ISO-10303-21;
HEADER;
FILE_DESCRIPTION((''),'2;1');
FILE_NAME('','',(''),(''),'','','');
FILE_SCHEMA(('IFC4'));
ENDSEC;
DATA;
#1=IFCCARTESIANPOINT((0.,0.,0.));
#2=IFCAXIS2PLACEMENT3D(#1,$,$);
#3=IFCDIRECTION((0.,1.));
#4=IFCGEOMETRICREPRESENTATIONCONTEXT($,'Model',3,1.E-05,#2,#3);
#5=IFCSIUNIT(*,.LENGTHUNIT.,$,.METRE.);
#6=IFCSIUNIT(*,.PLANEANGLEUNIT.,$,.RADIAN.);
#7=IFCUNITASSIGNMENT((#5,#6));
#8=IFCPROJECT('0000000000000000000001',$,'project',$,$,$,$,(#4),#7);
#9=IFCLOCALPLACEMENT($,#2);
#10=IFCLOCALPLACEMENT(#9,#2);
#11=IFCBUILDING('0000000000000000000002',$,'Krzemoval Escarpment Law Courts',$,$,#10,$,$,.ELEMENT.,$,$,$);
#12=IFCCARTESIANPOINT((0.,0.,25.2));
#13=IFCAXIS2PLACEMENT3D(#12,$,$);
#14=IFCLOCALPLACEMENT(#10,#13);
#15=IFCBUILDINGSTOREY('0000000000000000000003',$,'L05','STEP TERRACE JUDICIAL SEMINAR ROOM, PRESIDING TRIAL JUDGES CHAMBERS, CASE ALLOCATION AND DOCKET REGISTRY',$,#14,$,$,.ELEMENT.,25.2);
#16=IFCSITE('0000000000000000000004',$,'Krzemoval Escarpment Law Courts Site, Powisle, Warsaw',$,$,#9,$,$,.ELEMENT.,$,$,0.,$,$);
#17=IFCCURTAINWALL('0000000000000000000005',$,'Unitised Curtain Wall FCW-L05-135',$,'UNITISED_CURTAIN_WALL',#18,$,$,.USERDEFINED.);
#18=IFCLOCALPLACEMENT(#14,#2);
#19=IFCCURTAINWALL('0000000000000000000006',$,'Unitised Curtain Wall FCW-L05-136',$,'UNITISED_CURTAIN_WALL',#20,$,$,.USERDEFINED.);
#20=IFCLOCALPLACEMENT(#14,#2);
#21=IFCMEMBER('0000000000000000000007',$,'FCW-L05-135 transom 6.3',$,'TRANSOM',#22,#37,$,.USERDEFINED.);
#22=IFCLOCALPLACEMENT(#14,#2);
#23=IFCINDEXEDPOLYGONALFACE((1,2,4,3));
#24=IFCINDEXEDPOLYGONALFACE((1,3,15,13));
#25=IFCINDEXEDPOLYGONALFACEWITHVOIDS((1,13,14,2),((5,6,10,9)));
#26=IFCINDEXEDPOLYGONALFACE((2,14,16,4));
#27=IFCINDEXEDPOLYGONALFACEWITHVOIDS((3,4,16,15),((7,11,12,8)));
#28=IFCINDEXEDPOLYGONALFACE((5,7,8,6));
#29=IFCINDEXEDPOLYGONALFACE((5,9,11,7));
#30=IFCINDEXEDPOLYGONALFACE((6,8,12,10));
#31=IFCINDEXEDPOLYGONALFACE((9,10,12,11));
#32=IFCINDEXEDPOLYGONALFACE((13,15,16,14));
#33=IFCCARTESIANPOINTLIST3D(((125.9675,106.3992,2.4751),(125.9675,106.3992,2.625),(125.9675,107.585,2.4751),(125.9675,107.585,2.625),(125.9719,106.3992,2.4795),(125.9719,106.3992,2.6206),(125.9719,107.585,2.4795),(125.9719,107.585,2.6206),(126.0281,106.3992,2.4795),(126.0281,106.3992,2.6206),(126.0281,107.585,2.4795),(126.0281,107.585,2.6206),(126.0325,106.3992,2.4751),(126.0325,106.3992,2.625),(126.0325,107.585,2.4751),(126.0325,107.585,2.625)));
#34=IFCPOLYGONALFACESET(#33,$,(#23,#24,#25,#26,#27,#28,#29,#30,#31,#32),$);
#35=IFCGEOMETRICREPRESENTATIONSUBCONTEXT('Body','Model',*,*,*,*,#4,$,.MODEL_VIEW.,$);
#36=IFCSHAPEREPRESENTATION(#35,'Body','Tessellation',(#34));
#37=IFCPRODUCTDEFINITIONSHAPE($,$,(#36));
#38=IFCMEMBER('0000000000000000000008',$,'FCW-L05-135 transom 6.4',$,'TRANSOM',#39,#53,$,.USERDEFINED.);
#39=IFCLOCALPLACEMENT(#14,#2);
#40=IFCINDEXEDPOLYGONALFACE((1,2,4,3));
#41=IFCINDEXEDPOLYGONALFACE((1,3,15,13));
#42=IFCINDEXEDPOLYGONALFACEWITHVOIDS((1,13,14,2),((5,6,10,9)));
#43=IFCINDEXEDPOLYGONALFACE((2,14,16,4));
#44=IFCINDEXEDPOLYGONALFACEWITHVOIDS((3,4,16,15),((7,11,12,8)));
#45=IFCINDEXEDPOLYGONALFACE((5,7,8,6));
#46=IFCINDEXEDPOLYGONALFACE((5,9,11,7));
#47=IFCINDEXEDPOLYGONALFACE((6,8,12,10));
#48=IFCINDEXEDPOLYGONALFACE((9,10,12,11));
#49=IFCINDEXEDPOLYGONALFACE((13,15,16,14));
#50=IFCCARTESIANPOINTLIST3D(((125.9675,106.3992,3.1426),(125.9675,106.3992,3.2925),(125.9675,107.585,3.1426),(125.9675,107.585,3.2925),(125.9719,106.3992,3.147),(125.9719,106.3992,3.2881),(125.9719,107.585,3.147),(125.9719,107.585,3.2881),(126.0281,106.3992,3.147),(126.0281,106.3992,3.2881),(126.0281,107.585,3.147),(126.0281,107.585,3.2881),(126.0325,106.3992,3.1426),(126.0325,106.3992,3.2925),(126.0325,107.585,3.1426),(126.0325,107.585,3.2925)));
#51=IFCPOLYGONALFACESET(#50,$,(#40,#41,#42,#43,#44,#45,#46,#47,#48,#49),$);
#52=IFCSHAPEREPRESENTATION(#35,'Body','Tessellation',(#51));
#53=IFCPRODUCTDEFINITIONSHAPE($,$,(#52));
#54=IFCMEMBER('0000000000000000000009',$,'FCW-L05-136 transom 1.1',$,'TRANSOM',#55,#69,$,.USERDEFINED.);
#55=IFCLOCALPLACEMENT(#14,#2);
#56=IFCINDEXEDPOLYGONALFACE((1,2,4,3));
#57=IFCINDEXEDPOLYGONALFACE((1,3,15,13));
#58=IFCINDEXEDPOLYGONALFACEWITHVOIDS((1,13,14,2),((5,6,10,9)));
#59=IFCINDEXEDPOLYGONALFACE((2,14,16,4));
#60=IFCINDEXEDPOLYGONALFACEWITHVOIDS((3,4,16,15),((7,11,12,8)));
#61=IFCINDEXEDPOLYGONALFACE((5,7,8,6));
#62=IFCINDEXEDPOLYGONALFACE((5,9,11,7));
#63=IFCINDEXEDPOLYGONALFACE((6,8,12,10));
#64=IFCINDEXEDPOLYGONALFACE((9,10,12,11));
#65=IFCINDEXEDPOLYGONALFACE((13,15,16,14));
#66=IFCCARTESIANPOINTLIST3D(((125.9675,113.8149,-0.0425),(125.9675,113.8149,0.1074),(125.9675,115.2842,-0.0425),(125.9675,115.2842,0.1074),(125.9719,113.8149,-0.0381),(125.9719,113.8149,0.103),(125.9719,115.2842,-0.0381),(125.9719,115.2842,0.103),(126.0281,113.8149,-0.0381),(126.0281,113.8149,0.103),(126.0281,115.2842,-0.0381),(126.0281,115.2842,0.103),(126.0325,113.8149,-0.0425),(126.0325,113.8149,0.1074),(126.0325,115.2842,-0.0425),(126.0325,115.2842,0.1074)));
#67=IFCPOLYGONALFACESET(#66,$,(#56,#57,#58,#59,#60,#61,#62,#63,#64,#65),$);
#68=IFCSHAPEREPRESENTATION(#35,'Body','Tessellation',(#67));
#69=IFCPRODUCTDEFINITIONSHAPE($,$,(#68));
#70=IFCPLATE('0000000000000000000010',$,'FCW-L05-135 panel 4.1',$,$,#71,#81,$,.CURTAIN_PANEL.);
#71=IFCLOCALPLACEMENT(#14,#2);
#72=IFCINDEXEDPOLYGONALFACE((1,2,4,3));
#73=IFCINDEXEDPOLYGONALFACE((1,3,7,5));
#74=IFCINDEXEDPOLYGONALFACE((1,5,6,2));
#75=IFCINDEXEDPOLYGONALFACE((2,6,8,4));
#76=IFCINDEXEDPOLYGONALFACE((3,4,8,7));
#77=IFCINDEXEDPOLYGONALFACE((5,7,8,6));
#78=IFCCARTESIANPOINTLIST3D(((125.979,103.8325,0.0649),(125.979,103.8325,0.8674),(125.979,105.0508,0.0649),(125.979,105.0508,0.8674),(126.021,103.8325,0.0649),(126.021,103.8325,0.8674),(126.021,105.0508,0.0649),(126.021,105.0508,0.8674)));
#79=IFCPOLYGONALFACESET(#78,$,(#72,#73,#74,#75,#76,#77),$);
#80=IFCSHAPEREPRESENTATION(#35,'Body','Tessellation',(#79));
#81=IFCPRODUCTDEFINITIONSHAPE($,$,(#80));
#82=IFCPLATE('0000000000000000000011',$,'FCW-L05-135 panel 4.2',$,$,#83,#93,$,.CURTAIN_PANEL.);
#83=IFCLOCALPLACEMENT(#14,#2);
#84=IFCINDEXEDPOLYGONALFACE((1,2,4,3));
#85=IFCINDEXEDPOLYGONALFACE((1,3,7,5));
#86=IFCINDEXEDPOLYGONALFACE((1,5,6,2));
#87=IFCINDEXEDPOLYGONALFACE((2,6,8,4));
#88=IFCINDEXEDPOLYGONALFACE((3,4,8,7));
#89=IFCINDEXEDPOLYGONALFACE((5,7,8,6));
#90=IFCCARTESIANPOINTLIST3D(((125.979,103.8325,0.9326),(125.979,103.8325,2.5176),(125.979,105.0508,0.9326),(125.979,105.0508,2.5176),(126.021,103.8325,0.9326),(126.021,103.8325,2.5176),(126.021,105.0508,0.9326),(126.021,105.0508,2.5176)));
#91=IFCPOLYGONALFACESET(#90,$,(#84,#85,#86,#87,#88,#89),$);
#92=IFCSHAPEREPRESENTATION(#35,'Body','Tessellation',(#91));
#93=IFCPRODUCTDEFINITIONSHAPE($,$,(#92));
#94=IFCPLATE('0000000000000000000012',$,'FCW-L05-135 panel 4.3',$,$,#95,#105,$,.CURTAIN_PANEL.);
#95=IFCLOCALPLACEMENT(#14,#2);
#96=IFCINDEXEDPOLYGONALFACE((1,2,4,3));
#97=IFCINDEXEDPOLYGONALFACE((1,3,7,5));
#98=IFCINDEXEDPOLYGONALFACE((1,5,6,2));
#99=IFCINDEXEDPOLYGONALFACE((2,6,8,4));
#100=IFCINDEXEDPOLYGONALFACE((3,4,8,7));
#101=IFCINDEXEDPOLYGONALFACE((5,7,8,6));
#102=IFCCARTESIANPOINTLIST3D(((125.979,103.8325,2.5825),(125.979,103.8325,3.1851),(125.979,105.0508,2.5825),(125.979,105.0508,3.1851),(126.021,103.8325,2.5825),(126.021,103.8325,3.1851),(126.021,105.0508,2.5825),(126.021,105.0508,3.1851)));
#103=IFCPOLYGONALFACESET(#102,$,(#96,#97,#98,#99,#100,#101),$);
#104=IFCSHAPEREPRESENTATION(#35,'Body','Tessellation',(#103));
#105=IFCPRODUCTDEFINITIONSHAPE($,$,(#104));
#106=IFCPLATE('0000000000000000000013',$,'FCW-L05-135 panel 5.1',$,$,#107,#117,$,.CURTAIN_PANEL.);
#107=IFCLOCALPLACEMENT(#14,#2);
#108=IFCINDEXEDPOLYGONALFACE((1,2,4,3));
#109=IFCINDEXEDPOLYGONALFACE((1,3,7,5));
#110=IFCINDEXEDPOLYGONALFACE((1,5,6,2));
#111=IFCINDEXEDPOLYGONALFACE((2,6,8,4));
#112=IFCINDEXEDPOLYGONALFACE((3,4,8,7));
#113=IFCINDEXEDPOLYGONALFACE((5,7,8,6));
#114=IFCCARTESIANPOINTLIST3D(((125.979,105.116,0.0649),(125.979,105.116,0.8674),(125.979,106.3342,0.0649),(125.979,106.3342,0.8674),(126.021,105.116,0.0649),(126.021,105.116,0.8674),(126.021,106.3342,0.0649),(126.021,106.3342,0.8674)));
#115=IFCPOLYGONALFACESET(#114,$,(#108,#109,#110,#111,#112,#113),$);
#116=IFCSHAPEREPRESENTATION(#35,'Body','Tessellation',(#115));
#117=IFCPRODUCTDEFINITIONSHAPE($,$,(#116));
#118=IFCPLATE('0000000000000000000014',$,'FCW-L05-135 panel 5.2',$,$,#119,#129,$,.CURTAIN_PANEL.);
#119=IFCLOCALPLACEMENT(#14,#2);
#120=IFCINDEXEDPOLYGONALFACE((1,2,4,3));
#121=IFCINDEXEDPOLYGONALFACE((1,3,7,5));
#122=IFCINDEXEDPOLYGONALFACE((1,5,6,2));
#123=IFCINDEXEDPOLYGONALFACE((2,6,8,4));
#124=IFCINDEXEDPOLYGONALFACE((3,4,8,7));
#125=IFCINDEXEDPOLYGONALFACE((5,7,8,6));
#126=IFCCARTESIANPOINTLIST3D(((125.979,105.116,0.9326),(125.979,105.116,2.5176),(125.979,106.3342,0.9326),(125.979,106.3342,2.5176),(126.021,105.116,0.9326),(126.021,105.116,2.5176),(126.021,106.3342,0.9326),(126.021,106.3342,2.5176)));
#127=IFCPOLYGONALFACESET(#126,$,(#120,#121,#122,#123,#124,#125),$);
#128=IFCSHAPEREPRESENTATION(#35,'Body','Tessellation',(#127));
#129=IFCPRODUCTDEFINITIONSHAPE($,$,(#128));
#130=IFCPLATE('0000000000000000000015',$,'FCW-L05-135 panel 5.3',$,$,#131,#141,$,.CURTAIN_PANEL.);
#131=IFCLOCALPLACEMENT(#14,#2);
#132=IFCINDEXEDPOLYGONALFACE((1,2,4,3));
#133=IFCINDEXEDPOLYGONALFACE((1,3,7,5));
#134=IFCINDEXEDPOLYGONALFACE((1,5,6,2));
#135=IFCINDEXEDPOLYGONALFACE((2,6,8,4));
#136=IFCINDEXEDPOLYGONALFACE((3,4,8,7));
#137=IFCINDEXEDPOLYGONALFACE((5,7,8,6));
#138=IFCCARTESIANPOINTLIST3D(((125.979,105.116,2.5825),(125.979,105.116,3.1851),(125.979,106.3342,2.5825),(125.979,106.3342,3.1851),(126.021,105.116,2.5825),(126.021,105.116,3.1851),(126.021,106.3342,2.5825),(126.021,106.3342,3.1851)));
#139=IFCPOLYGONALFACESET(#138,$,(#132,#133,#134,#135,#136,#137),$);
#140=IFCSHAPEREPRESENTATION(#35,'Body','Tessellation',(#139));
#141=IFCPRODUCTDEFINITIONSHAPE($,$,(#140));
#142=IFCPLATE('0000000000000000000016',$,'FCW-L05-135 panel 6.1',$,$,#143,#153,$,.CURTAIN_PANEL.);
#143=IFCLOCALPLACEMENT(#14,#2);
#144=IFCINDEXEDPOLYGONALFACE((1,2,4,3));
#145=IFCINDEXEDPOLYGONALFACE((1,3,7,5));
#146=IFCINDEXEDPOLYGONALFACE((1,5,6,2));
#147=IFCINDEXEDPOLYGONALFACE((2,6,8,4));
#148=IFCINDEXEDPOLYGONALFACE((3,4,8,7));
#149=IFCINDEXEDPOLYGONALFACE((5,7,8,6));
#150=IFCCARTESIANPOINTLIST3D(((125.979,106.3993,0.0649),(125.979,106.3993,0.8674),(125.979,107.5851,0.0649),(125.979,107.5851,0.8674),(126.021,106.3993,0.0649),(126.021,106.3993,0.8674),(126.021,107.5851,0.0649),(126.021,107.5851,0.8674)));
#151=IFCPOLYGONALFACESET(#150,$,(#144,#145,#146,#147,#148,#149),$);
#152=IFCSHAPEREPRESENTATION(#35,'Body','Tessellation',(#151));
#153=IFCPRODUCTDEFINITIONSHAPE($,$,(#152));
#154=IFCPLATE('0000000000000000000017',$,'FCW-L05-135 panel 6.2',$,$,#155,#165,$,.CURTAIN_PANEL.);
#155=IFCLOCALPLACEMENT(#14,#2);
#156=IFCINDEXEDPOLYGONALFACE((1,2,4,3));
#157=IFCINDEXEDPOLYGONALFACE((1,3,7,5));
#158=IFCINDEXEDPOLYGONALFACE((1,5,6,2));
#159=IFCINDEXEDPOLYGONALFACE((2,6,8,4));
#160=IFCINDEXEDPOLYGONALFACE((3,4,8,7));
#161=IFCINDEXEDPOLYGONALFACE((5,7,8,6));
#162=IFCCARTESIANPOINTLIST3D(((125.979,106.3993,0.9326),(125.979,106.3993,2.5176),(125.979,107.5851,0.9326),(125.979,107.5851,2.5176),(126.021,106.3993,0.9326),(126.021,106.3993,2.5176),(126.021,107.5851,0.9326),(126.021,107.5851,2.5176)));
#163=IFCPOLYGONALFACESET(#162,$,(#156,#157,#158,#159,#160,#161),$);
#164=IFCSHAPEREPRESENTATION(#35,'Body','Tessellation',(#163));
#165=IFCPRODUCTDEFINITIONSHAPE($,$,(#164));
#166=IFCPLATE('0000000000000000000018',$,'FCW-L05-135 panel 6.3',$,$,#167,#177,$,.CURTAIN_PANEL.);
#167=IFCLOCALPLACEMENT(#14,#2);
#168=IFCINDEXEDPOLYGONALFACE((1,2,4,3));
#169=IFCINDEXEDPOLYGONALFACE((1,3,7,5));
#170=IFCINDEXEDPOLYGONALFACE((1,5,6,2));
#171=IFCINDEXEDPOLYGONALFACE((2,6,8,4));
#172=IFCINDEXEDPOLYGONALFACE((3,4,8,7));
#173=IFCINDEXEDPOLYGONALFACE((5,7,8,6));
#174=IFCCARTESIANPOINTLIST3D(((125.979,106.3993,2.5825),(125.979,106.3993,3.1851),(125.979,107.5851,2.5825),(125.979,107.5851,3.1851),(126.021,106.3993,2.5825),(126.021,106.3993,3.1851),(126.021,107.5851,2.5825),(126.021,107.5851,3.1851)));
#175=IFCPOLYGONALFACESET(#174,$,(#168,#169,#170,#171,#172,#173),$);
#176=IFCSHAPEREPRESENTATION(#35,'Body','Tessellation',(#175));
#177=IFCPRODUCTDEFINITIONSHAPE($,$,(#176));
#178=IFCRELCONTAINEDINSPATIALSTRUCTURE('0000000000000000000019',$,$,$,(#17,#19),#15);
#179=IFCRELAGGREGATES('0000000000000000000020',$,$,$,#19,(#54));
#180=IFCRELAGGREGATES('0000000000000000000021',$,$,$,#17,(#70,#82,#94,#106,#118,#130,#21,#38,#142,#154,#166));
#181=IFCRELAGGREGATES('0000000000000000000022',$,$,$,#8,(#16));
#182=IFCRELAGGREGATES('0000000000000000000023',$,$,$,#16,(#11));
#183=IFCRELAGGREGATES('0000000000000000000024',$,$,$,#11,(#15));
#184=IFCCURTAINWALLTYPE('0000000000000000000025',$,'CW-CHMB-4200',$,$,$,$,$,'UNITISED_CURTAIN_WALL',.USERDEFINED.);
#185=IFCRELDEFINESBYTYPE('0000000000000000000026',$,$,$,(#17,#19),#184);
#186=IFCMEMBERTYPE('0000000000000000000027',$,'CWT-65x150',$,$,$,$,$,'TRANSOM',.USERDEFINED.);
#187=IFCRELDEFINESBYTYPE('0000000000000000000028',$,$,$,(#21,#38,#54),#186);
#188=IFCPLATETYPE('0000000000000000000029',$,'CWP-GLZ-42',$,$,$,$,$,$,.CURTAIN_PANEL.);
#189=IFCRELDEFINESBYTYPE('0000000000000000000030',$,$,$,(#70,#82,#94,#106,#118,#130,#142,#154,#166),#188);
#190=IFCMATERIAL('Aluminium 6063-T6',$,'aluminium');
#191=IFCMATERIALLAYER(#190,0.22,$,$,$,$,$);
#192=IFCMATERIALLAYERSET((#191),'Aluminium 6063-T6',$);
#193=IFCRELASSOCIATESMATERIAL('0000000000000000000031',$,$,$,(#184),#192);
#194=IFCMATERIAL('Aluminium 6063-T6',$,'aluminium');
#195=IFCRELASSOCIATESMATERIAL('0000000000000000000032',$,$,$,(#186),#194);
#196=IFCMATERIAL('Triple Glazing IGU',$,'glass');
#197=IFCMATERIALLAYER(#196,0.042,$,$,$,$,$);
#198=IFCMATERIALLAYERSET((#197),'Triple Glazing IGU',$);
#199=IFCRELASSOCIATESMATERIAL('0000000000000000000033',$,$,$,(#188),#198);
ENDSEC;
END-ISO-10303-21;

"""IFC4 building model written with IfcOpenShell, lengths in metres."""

from ifc_helpers import new_model, si_unit, direction, frame, origin, origin_2d, place, context, subcontext, project, spatial, rectangle, hollow_rectangle, extrude, material, layer, layer_set, material_profile, profile_set, type_object, element, aggregate, save


model = new_model("IFC4")

# Units and contexts
model_context = context("Model", 3, precision=1e-05, world=origin(), true_north=direction((0.0, 1.0)))
body_context = subcontext(model_context, "Body", "Model", "MODEL_VIEW")
ifc_project = project(units=[si_unit("LENGTHUNIT", "METRE"), si_unit("PLANEANGLEUNIT", "RADIAN")], contexts=[model_context])

# Site, building, storey
site_placement = place(None, origin())
site = spatial("IfcSite", under=ifc_project, at=site_placement, Name="Krzemoval Escarpment Law Courts Site, Powisle, Warsaw", CompositionType="ELEMENT", RefElevation=0.0)
building_placement = place(site_placement, origin())
building = spatial("IfcBuilding", under=site, at=building_placement, Name="Krzemoval Escarpment Law Courts", CompositionType="ELEMENT")
storey_placement = place(building_placement, frame((0.0, 0.0, 25.2)))
storey = spatial("IfcBuildingStorey", under=building, at=storey_placement, Name="L05", Description="STEP TERRACE JUDICIAL SEMINAR ROOM, PRESIDING TRIAL JUDGES CHAMBERS, CASE ALLOCATION AND DOCKET REGISTRY", CompositionType="ELEMENT", Elevation=25.2)

# Curtain wall
ifc_material_1 = material(Name="Aluminium 6063-T6", Category="aluminium")
ifc_layer_1 = layer(ifc_material_1, 0.22)
ifc_layer_set_1 = layer_set([ifc_layer_1], Name="Aluminium 6063-T6")
curtain_wall_type = type_object("IfcCurtainWallType", Name="CW-CHMB-4200", ElementType="UNITISED_CURTAIN_WALL", PredefinedType="USERDEFINED", material=ifc_layer_set_1)
curtain_wall_1_placement = place(storey_placement, origin())
curtain_wall_1 = element("IfcCurtainWall", 1, at=curtain_wall_1_placement, inside=storey, type_object=curtain_wall_type, Name="Unitised Curtain Wall FCW-L05-135", ObjectType="UNITISED_CURTAIN_WALL", PredefinedType="USERDEFINED")

# Curtain wall
curtain_wall_2_placement = place(storey_placement, origin())
curtain_wall_2 = element("IfcCurtainWall", 2, at=curtain_wall_2_placement, inside=storey, type_object=curtain_wall_type, Name="Unitised Curtain Wall FCW-L05-136", ObjectType="UNITISED_CURTAIN_WALL", PredefinedType="USERDEFINED")

# Members
ifc_material_2 = material(Name="Aluminium 6063-T6", Category="aluminium")
ifc_material_profile_1 = material_profile(ifc_material_2, hollow_rectangle(XDim=0.0649, YDim=0.1499, WallThickness=0.0044, at=origin_2d()), Name="ALU T65x150")
ifc_profile_set_1 = profile_set([ifc_material_profile_1], Name="Aluminium 6063-T6")
member_type_1 = type_object("IfcMemberType", Name="CWT-65x150", ElementType="TRANSOM", PredefinedType="USERDEFINED", material=ifc_profile_set_1)
member_1_placement = place(storey_placement, frame((126.0, 106.3992, 2.55), z_axis=(0.0, 1.0, 0.0), x_axis=(-1.0, 0.0, 0.0)))
member_1 = element("IfcMember", 3, at=member_1_placement, type_object=member_type_1, Name="FCW-L05-135 transom 6.3", ObjectType="TRANSOM", PredefinedType="USERDEFINED", context=body_context, shape_type="SweptSolid", body=[
    extrude(hollow_rectangle(XDim=0.0649, YDim=0.1499, WallThickness=0.0044, at=origin_2d()), origin(), (0.0, 0.0, 1.0), 1.1858),
])
member_2_placement = place(storey_placement, frame((126.0, 106.3992, 3.2175), z_axis=(0.0, 1.0, 0.0), x_axis=(-1.0, 0.0, 0.0)))
member_2 = element("IfcMember", 4, at=member_2_placement, type_object=member_type_1, Name="FCW-L05-135 transom 6.4", ObjectType="TRANSOM", PredefinedType="USERDEFINED", context=body_context, shape_type="SweptSolid", body=[
    extrude(hollow_rectangle(XDim=0.0649, YDim=0.1499, WallThickness=0.0044, at=origin_2d()), origin(), (0.0, 0.0, 1.0), 1.1858),
])
member_3_placement = place(storey_placement, frame((126.0, 113.8149, 0.0325), z_axis=(0.0, 1.0, 0.0), x_axis=(-1.0, 0.0, 0.0)))
member_3 = element("IfcMember", 5, at=member_3_placement, type_object=member_type_1, Name="FCW-L05-136 transom 1.1", ObjectType="TRANSOM", PredefinedType="USERDEFINED", context=body_context, shape_type="SweptSolid", body=[
    extrude(hollow_rectangle(XDim=0.0649, YDim=0.1499, WallThickness=0.0044, at=origin_2d()), origin(), (0.0, 0.0, 1.0), 1.4692),
])
aggregate(curtain_wall_2, [member_3])

# Plates
ifc_material_3 = material(Name="Triple Glazing IGU", Category="glass")
ifc_layer_2 = layer(ifc_material_3, 0.042)
ifc_layer_set_2 = layer_set([ifc_layer_2], Name="Triple Glazing IGU")
plate_type = type_object("IfcPlateType", Name="CWP-GLZ-42", PredefinedType="CURTAIN_PANEL", material=ifc_layer_set_2)
plate_1_placement = place(storey_placement, frame((126.0, 104.4417, 0.0649), z_axis=(0.0, 0.0, 1.0), x_axis=(0.0, 1.0, 0.0)))
plate_1 = element("IfcPlate", 6, at=plate_1_placement, type_object=plate_type, Name="FCW-L05-135 panel 4.1", PredefinedType="CURTAIN_PANEL", context=body_context, shape_type="SweptSolid", body=[
    extrude(rectangle(XDim=1.2183, YDim=0.042, at=origin_2d()), origin(), (0.0, 0.0, 1.0), 0.8025),
])
plate_2_placement = place(storey_placement, frame((126.0, 104.4417, 0.9326), z_axis=(0.0, 0.0, 1.0), x_axis=(0.0, 1.0, 0.0)))
plate_2 = element("IfcPlate", 7, at=plate_2_placement, type_object=plate_type, Name="FCW-L05-135 panel 4.2", PredefinedType="CURTAIN_PANEL", context=body_context, shape_type="SweptSolid", body=[
    extrude(rectangle(XDim=1.2183, YDim=0.042, at=origin_2d()), origin(), (0.0, 0.0, 1.0), 1.585),
])
plate_3_placement = place(storey_placement, frame((126.0, 104.4417, 2.5825), z_axis=(0.0, 0.0, 1.0), x_axis=(0.0, 1.0, 0.0)))
plate_3 = element("IfcPlate", 8, at=plate_3_placement, type_object=plate_type, Name="FCW-L05-135 panel 4.3", PredefinedType="CURTAIN_PANEL", context=body_context, shape_type="SweptSolid", body=[
    extrude(rectangle(XDim=1.2183, YDim=0.042, at=origin_2d()), origin(), (0.0, 0.0, 1.0), 0.6025),
])
plate_4_placement = place(storey_placement, frame((126.0, 105.7251, 0.0649), z_axis=(0.0, 0.0, 1.0), x_axis=(0.0, 1.0, 0.0)))
plate_4 = element("IfcPlate", 9, at=plate_4_placement, type_object=plate_type, Name="FCW-L05-135 panel 5.1", PredefinedType="CURTAIN_PANEL", context=body_context, shape_type="SweptSolid", body=[
    extrude(rectangle(XDim=1.2183, YDim=0.042, at=origin_2d()), origin(), (0.0, 0.0, 1.0), 0.8025),
])
plate_5_placement = place(storey_placement, frame((126.0, 105.7251, 0.9326), z_axis=(0.0, 0.0, 1.0), x_axis=(0.0, 1.0, 0.0)))
plate_5 = element("IfcPlate", 10, at=plate_5_placement, type_object=plate_type, Name="FCW-L05-135 panel 5.2", PredefinedType="CURTAIN_PANEL", context=body_context, shape_type="SweptSolid", body=[
    extrude(rectangle(XDim=1.2183, YDim=0.042, at=origin_2d()), origin(), (0.0, 0.0, 1.0), 1.585),
])
plate_6_placement = place(storey_placement, frame((126.0, 105.7251, 2.5825), z_axis=(0.0, 0.0, 1.0), x_axis=(0.0, 1.0, 0.0)))
plate_6 = element("IfcPlate", 11, at=plate_6_placement, type_object=plate_type, Name="FCW-L05-135 panel 5.3", PredefinedType="CURTAIN_PANEL", context=body_context, shape_type="SweptSolid", body=[
    extrude(rectangle(XDim=1.2183, YDim=0.042, at=origin_2d()), origin(), (0.0, 0.0, 1.0), 0.6025),
])
plate_7_placement = place(storey_placement, frame((126.0, 106.9922, 0.0649), z_axis=(0.0, 0.0, 1.0), x_axis=(0.0, 1.0, 0.0)))
plate_7 = element("IfcPlate", 12, at=plate_7_placement, type_object=plate_type, Name="FCW-L05-135 panel 6.1", PredefinedType="CURTAIN_PANEL", context=body_context, shape_type="SweptSolid", body=[
    extrude(rectangle(XDim=1.1858, YDim=0.042, at=origin_2d()), origin(), (0.0, 0.0, 1.0), 0.8025),
])
plate_8_placement = place(storey_placement, frame((126.0, 106.9922, 0.9326), z_axis=(0.0, 0.0, 1.0), x_axis=(0.0, 1.0, 0.0)))
plate_8 = element("IfcPlate", 13, at=plate_8_placement, type_object=plate_type, Name="FCW-L05-135 panel 6.2", PredefinedType="CURTAIN_PANEL", context=body_context, shape_type="SweptSolid", body=[
    extrude(rectangle(XDim=1.1858, YDim=0.042, at=origin_2d()), origin(), (0.0, 0.0, 1.0), 1.585),
])
plate_9_placement = place(storey_placement, frame((126.0, 106.9922, 2.5825), z_axis=(0.0, 0.0, 1.0), x_axis=(0.0, 1.0, 0.0)))
plate_9 = element("IfcPlate", 14, at=plate_9_placement, type_object=plate_type, Name="FCW-L05-135 panel 6.3", PredefinedType="CURTAIN_PANEL", context=body_context, shape_type="SweptSolid", body=[
    extrude(rectangle(XDim=1.1858, YDim=0.042, at=origin_2d()), origin(), (0.0, 0.0, 1.0), 0.6025),
])
aggregate(curtain_wall_1, [plate_1, plate_2, plate_3, plate_4, plate_5, plate_6, member_1, member_2, plate_7, plate_8, plate_9])

save(model, "model.ifc")
